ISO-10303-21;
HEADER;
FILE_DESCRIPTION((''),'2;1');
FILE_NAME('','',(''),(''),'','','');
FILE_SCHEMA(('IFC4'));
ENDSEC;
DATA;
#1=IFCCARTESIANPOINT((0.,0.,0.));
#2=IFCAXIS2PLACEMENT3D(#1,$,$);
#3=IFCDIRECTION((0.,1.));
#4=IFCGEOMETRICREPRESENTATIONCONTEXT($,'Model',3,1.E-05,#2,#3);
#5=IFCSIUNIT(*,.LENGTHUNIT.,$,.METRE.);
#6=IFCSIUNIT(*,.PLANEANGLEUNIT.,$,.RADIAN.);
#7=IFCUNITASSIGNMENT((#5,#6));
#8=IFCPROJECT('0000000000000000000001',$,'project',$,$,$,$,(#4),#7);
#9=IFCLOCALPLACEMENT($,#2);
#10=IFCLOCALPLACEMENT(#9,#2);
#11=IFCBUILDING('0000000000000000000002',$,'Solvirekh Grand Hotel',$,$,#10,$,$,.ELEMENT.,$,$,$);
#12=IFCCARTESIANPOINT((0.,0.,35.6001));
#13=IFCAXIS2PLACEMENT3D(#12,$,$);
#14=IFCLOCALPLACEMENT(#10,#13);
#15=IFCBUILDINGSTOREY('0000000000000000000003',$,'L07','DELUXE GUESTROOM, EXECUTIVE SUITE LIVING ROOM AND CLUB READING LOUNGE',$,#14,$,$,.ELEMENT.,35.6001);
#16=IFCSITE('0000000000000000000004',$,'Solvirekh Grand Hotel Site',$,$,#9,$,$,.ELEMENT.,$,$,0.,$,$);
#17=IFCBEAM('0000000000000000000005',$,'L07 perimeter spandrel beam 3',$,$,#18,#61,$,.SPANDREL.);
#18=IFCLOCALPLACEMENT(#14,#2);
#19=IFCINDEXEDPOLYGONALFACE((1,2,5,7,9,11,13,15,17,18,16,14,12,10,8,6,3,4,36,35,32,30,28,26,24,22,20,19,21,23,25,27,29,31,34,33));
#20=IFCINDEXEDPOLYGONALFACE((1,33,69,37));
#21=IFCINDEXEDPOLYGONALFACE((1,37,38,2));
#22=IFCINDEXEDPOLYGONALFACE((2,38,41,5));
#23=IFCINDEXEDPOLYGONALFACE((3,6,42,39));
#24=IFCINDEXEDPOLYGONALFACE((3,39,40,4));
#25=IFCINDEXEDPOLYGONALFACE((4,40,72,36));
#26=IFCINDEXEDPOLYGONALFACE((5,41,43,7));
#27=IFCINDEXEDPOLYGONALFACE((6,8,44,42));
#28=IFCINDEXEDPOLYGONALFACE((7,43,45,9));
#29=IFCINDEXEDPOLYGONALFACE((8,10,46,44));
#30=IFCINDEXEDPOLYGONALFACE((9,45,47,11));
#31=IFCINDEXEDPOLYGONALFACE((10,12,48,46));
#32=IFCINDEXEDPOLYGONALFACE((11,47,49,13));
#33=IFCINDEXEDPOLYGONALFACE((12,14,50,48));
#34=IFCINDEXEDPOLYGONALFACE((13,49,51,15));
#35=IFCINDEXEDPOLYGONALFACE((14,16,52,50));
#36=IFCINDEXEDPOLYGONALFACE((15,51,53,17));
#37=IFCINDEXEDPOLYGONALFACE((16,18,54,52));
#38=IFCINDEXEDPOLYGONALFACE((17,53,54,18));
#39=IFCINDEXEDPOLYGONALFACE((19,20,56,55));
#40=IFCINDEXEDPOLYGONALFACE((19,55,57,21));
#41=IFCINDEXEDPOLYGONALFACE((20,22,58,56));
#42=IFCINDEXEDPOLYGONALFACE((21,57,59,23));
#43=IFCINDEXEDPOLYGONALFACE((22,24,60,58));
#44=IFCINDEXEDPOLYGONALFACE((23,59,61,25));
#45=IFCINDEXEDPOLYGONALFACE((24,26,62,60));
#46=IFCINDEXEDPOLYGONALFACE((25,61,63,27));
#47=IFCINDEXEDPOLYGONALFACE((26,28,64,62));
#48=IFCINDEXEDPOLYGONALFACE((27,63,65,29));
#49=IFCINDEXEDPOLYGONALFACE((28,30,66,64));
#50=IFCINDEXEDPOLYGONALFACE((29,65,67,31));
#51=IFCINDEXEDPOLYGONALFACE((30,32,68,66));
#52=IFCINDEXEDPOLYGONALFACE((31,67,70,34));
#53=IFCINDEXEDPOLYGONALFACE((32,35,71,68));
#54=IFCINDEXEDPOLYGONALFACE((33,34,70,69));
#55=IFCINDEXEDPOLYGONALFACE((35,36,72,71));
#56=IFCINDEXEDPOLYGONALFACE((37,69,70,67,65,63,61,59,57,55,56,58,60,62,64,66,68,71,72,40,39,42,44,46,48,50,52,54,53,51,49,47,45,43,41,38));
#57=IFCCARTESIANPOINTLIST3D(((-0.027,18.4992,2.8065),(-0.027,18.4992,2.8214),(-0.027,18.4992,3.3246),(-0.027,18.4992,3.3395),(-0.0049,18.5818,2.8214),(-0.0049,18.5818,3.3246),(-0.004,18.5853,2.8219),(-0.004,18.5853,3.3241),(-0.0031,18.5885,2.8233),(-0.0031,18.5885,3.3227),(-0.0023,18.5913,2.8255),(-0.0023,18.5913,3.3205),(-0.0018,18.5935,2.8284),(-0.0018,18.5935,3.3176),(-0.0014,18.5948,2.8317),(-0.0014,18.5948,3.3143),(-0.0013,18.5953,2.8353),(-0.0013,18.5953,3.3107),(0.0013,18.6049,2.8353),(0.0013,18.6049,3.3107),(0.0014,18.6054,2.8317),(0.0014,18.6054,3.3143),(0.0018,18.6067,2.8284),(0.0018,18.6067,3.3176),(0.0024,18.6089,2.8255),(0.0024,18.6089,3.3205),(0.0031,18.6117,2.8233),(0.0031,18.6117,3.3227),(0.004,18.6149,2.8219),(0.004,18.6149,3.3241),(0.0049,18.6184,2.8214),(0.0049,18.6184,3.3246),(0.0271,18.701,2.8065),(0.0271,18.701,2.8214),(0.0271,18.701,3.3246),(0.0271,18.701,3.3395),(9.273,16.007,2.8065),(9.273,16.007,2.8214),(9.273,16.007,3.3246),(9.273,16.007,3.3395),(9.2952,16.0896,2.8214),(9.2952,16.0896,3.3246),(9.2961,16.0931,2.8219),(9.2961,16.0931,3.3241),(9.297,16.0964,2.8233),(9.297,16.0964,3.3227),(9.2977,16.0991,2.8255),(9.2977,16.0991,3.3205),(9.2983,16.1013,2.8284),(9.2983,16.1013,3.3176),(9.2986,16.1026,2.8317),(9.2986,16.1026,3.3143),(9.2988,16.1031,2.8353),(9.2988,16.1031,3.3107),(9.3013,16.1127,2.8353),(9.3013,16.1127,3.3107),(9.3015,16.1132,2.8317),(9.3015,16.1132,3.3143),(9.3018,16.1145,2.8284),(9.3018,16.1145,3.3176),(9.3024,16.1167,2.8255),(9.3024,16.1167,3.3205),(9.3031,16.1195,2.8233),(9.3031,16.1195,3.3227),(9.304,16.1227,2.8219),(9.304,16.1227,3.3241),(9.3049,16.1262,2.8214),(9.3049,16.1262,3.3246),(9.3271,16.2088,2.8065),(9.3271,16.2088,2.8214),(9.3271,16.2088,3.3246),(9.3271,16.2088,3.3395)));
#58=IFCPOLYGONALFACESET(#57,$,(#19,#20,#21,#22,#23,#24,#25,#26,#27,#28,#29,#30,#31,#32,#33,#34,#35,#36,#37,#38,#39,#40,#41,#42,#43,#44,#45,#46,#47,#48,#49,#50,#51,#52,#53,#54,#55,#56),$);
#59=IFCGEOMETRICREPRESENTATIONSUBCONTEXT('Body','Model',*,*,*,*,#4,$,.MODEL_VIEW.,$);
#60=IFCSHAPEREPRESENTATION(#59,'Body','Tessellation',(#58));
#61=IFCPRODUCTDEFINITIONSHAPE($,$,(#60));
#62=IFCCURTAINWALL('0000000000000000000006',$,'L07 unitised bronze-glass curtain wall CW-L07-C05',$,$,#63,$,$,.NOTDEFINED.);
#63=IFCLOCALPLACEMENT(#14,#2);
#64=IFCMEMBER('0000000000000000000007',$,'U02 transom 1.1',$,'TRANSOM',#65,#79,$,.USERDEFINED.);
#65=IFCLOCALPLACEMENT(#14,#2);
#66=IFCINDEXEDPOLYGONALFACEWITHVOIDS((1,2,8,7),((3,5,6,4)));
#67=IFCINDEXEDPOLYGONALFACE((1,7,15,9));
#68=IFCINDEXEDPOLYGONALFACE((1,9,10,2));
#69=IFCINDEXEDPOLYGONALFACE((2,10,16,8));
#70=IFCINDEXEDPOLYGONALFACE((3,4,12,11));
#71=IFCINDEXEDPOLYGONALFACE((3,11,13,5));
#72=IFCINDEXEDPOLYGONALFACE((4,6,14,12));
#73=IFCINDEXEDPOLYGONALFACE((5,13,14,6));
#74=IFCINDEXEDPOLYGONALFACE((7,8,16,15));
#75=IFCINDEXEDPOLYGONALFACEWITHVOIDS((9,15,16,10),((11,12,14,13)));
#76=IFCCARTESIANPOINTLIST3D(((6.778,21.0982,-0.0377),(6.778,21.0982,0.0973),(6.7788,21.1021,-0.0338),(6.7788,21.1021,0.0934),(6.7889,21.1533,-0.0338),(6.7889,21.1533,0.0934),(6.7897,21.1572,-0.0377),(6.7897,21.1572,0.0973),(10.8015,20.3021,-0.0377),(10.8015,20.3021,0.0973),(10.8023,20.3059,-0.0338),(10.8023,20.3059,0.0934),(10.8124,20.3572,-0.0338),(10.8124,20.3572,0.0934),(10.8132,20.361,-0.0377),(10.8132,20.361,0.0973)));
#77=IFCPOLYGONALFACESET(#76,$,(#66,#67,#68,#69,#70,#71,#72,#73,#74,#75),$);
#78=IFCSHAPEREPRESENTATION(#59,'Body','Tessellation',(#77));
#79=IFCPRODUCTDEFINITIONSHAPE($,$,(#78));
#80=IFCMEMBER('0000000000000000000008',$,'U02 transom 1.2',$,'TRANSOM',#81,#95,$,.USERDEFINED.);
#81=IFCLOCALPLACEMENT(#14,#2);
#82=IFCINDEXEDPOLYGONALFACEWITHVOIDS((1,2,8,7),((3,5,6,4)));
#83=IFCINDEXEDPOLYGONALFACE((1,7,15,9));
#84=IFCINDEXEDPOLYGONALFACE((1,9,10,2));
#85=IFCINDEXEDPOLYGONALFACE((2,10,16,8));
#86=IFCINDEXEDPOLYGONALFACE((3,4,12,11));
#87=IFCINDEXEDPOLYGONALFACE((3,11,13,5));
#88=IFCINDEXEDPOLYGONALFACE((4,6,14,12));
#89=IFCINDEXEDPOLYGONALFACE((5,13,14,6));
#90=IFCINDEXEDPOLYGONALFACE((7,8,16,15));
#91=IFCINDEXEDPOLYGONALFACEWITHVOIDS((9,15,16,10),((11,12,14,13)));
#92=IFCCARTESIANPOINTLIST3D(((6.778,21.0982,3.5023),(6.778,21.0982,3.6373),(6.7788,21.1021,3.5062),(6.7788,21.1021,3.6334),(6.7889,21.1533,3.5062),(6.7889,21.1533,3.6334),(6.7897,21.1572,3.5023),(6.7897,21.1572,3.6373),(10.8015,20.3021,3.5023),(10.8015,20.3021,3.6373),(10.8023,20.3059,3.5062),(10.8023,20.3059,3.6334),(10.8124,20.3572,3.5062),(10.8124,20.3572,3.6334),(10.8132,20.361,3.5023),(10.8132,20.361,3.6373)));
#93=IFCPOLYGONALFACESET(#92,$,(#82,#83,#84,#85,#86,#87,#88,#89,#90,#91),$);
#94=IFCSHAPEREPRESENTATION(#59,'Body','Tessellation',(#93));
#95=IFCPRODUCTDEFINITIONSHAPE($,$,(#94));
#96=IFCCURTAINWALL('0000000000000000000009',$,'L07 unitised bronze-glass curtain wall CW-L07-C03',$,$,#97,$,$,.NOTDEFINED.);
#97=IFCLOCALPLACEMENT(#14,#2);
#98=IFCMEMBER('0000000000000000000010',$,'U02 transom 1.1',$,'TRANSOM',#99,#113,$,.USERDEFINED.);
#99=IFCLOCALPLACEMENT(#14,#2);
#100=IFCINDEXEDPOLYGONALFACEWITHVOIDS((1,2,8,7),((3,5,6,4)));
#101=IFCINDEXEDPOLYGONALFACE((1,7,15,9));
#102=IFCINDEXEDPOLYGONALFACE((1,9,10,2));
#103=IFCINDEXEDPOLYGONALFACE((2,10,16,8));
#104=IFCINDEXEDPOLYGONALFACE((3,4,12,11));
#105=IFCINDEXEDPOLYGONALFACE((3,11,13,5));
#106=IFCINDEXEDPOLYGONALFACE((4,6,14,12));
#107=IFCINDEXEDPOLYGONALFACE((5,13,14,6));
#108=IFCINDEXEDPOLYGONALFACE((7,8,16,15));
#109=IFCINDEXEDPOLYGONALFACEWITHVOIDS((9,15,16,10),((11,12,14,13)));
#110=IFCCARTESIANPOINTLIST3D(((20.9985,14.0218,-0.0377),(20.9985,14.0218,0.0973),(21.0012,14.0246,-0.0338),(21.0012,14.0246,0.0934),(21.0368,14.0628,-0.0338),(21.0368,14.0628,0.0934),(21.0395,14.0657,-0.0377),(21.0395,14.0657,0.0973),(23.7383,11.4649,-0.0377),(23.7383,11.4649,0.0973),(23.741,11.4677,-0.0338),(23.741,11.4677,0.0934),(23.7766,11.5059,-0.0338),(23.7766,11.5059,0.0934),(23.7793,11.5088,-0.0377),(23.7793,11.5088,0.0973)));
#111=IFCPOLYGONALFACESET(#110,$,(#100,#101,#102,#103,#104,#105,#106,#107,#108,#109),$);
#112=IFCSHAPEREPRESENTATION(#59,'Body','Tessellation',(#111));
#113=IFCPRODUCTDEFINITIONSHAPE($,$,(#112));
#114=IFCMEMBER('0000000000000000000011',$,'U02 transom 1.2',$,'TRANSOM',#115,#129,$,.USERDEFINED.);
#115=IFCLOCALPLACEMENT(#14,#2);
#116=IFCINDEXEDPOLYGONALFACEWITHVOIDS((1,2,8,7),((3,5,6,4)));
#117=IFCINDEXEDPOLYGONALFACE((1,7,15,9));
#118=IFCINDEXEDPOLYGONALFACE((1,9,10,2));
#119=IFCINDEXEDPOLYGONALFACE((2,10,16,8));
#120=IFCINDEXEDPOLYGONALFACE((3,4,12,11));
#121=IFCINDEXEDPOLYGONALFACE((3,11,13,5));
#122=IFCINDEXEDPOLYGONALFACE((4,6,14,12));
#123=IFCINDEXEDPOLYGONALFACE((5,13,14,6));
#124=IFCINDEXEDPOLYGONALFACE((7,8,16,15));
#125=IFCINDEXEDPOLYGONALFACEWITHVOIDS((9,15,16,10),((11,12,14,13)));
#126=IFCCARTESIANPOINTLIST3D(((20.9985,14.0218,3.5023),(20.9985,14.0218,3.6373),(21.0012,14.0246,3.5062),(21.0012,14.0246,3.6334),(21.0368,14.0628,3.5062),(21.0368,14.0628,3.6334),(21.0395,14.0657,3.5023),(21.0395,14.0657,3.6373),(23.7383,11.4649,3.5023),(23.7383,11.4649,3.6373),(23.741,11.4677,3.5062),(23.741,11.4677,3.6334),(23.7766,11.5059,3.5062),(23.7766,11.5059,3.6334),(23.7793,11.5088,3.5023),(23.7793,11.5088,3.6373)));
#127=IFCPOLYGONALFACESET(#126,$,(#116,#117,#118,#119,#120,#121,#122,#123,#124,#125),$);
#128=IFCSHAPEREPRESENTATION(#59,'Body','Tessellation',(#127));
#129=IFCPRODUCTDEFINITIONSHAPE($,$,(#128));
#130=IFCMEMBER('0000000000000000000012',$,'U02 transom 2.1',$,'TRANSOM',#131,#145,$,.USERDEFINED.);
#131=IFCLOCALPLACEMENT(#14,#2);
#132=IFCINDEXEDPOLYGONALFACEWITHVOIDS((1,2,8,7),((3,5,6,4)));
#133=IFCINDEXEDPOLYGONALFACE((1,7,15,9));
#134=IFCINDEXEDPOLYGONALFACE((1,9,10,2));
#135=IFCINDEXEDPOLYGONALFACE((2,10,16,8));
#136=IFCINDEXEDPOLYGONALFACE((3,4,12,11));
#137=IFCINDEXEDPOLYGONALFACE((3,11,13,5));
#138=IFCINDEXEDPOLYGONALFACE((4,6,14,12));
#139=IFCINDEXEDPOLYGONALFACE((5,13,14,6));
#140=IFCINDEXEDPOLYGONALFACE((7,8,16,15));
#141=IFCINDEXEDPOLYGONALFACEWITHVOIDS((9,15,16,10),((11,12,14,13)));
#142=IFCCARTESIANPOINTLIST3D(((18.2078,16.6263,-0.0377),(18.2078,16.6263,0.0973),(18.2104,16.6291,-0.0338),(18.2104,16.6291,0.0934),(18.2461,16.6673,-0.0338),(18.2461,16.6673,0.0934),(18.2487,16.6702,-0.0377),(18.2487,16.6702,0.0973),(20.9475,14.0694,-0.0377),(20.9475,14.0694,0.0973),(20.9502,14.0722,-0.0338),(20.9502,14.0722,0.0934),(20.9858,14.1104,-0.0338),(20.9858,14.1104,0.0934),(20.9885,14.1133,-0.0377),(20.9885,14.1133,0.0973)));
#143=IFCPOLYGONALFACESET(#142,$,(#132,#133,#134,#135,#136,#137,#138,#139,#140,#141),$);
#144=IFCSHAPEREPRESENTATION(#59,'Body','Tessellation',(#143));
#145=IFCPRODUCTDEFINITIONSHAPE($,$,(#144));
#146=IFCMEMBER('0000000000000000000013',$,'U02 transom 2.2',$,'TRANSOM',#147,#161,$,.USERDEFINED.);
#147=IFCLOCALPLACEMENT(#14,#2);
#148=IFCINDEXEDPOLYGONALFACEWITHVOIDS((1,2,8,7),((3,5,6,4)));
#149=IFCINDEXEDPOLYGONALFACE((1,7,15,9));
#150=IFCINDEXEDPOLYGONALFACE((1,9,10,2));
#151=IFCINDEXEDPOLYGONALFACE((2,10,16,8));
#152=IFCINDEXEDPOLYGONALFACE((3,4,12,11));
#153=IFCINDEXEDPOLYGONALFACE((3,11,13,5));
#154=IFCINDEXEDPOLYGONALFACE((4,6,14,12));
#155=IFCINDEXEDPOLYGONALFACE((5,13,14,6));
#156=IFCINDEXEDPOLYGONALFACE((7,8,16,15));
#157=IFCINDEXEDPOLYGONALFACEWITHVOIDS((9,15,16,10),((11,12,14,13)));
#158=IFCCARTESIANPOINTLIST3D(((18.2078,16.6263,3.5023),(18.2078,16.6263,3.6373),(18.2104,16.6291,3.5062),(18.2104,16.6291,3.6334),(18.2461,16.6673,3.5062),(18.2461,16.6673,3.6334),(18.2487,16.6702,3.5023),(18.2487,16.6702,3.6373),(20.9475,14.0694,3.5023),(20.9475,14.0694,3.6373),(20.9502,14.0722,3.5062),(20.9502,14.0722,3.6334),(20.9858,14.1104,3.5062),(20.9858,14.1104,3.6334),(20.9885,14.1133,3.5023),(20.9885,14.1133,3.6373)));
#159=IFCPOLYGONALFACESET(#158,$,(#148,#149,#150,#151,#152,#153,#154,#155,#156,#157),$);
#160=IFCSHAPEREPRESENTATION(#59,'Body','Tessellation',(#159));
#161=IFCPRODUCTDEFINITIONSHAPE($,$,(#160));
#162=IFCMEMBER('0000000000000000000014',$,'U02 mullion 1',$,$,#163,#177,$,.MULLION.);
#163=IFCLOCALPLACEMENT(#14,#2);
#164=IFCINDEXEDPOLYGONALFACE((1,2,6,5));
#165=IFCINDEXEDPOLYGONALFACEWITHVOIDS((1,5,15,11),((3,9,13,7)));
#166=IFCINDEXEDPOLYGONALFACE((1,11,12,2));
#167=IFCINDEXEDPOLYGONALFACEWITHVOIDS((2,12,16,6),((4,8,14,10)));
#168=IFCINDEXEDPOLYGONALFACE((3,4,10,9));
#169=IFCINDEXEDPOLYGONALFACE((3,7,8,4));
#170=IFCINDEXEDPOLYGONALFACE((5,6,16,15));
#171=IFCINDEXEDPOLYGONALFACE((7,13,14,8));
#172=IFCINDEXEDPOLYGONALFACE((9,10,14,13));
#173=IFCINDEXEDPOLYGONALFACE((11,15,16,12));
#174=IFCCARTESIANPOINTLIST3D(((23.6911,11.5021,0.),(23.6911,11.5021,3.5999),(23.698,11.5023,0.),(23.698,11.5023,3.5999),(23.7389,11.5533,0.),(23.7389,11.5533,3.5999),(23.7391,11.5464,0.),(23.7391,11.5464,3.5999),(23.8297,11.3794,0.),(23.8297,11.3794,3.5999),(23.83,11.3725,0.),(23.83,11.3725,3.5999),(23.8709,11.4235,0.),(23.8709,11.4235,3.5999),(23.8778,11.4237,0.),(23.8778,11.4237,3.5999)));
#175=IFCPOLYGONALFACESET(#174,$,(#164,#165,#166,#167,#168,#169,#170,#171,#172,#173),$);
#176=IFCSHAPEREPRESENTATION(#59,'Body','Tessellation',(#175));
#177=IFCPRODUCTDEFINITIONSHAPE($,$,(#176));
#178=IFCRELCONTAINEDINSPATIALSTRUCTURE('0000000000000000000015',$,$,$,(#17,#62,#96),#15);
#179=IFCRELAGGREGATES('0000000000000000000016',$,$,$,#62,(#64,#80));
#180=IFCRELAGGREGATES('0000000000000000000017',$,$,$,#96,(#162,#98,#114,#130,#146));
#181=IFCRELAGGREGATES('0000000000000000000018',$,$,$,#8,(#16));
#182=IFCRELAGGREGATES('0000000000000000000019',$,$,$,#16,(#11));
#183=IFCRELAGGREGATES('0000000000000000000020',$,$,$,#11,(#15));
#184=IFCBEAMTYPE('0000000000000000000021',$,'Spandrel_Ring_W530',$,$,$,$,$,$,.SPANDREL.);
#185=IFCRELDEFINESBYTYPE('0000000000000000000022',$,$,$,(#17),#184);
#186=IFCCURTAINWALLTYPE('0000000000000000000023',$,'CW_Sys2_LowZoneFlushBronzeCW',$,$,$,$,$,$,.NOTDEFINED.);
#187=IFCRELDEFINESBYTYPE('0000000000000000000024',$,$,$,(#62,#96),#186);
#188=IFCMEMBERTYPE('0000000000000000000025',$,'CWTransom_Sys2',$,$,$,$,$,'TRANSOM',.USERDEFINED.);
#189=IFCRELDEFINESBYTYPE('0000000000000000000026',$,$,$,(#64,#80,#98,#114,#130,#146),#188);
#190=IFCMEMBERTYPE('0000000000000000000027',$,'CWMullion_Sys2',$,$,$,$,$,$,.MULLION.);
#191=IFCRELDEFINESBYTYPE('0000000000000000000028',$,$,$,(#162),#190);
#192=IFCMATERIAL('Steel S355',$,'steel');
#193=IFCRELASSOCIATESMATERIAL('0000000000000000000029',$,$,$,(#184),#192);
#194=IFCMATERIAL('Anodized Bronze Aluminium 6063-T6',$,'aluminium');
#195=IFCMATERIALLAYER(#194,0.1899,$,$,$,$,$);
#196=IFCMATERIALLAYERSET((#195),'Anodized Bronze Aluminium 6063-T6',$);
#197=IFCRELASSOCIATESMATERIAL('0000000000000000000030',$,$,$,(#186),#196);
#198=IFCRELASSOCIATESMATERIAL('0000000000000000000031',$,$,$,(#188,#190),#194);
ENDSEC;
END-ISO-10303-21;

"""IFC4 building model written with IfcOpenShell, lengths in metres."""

from ifc_helpers import new_model, si_unit, direction, frame, origin, origin_2d, place, context, subcontext, project, spatial, hollow_rectangle, i_section, extrude, source, transform, mapped, material, layer, layer_set, material_profile, profile_set, type_object, element, aggregate, save


model = new_model("IFC4")

# Units and contexts
model_context = context("Model", 3, precision=1e-05, world=origin(), true_north=direction((0.0, 1.0)))
body_context = subcontext(model_context, "Body", "Model", "MODEL_VIEW")
ifc_project = project(units=[si_unit("LENGTHUNIT", "METRE"), si_unit("PLANEANGLEUNIT", "RADIAN")], contexts=[model_context])

# Site, building, storey
site_placement = place(None, origin())
site = spatial("IfcSite", under=ifc_project, at=site_placement, Name="Solvirekh Grand Hotel Site", CompositionType="ELEMENT", RefElevation=0.0)
building_placement = place(site_placement, origin())
building = spatial("IfcBuilding", under=site, at=building_placement, Name="Solvirekh Grand Hotel", CompositionType="ELEMENT")
storey_placement = place(building_placement, frame((0.0, 0.0, 35.6001)))
storey = spatial("IfcBuildingStorey", under=building, at=storey_placement, Name="L07", Description="DELUXE GUESTROOM, EXECUTIVE SUITE LIVING ROOM AND CLUB READING LOUNGE", CompositionType="ELEMENT", Elevation=35.6001)

# Beam
ifc_material_1 = material(Name="Steel S355", Category="steel")
ifc_material_profile_1 = material_profile(ifc_material_1, i_section(OverallWidth=0.209, OverallDepth=0.533, WebThickness=0.01, FlangeThickness=0.0149, FilletRadius=0.0139, at=origin_2d()), Name="W530X92")
ifc_profile_set_1 = profile_set([ifc_material_profile_1], Name="Steel S355")
beam_type = type_object("IfcBeamType", Name="Spandrel_Ring_W530", PredefinedType="SPANDREL", material=ifc_profile_set_1)
beam_placement = place(storey_placement, frame((9.3, 16.1079, 3.073), z_axis=(-0.965919, 0.258843, 0.0), x_axis=(-0.258843, -0.965919, 0.0)))
element("IfcBeam", 1, at=beam_placement, inside=storey, type_object=beam_type, Name="L07 perimeter spandrel beam 3", PredefinedType="SPANDREL", context=body_context, shape_type="SweptSolid", body=[
    extrude(i_section(OverallWidth=0.209, OverallDepth=0.533, WebThickness=0.01, FlangeThickness=0.0149, FilletRadius=0.0139, at=origin_2d()), origin(), (0.0, 0.0, 1.0), 9.6282),
])

# Curtain walls, members
ifc_material_2 = material(Name="Anodized Bronze Aluminium 6063-T6", Category="aluminium")
ifc_layer_1 = layer(ifc_material_2, 0.1899)
ifc_layer_set_1 = layer_set([ifc_layer_1], Name="Anodized Bronze Aluminium 6063-T6")
curtain_wall_type = type_object("IfcCurtainWallType", Name="CW_Sys2_LowZoneFlushBronzeCW", PredefinedType="NOTDEFINED", material=ifc_layer_set_1)
curtain_wall_1_placement = place(storey_placement, origin())
curtain_wall_1 = element("IfcCurtainWall", 2, at=curtain_wall_1_placement, inside=storey, type_object=curtain_wall_type, Name="L07 unitised bronze-glass curtain wall CW-L07-C05", PredefinedType="NOTDEFINED")
ifc_material_profile_2 = material_profile(ifc_material_2, hollow_rectangle(XDim=0.0601, YDim=0.135, WallThickness=0.0039, at=origin_2d()), Name="ALU RHS 135X60X4")
ifc_profile_set_2 = profile_set([ifc_material_profile_2], Name="Anodized Bronze Aluminium 6063-T6")
member_type_1 = type_object("IfcMemberType", Name="CWTransom_Sys2", ElementType="TRANSOM", PredefinedType="USERDEFINED", material=ifc_profile_set_2)
shared_shape_1 = source(origin(), body_context, "Body", "SweptSolid", [
    extrude(hollow_rectangle(XDim=0.0601, YDim=0.135, WallThickness=0.0039, at=origin_2d()), origin(), (0.0, 0.0, 1.0), 4.1016),
])
member_1_placement = place(storey_placement, frame((10.8074, 20.3315, 0.0298), z_axis=(-0.980979, 0.194112, 0.0), x_axis=(-0.194112, -0.980979, 0.0)))
member_1 = element("IfcMember", 3, at=member_1_placement, type_object=member_type_1, Name="U02 transom 1.1", ObjectType="TRANSOM", PredefinedType="USERDEFINED", context=body_context, shape_type="MappedRepresentation", body=[
    mapped(shared_shape_1, transform((0.0, 0.0, 0.0), x_axis=(1.0, 0.0, 0.0), y_axis=(0.0, 1.0, 0.0), z_axis=(0.0, 0.0, 1.0), scale=1.0)),
])
member_2_placement = place(storey_placement, frame((10.8074, 20.3315, 3.5698), z_axis=(-0.980979, 0.194112, 0.0), x_axis=(-0.194112, -0.980979, 0.0)))
member_2 = element("IfcMember", 4, at=member_2_placement, type_object=member_type_1, Name="U02 transom 1.2", ObjectType="TRANSOM", PredefinedType="USERDEFINED", context=body_context, shape_type="MappedRepresentation", body=[
    mapped(shared_shape_1, transform((0.0, 0.0, 0.0), x_axis=(1.0, 0.0, 0.0), y_axis=(0.0, 1.0, 0.0), z_axis=(0.0, 0.0, 1.0), scale=1.0)),
])
curtain_wall_2_placement = place(storey_placement, origin())
curtain_wall_2 = element("IfcCurtainWall", 5, at=curtain_wall_2_placement, inside=storey, type_object=curtain_wall_type, Name="L07 unitised bronze-glass curtain wall CW-L07-C03", PredefinedType="NOTDEFINED")
shared_shape_2 = source(origin(), body_context, "Body", "SweptSolid", [
    extrude(hollow_rectangle(XDim=0.0601, YDim=0.135, WallThickness=0.0039, at=origin_2d()), origin(), (0.0, 0.0, 1.0), 3.7476),
])
member_3_placement = place(storey_placement, frame((23.7588, 11.4868, 0.0298), z_axis=(-0.731083, 0.682288, 0.0), x_axis=(-0.682288, -0.731083, 0.0)))
member_3 = element("IfcMember", 6, at=member_3_placement, type_object=member_type_1, Name="U02 transom 1.1", ObjectType="TRANSOM", PredefinedType="USERDEFINED", context=body_context, shape_type="MappedRepresentation", body=[
    mapped(shared_shape_2, transform((0.0, 0.0, 0.0), x_axis=(1.0, 0.0, 0.0), y_axis=(0.0, 1.0, 0.0), z_axis=(0.0, 0.0, 1.0), scale=1.0)),
])
member_4_placement = place(storey_placement, frame((23.7588, 11.4868, 3.5698), z_axis=(-0.731083, 0.682288, 0.0), x_axis=(-0.682288, -0.731083, 0.0)))
member_4 = element("IfcMember", 7, at=member_4_placement, type_object=member_type_1, Name="U02 transom 1.2", ObjectType="TRANSOM", PredefinedType="USERDEFINED", context=body_context, shape_type="MappedRepresentation", body=[
    mapped(shared_shape_2, transform((0.0, 0.0, 0.0), x_axis=(1.0, 0.0, 0.0), y_axis=(0.0, 1.0, 0.0), z_axis=(0.0, 0.0, 1.0), scale=1.0)),
])
member_5_placement = place(storey_placement, frame((20.968, 14.0913, 0.0298), z_axis=(-0.731083, 0.682288, 0.0), x_axis=(-0.682288, -0.731083, 0.0)))
member_5 = element("IfcMember", 8, at=member_5_placement, type_object=member_type_1, Name="U02 transom 2.1", ObjectType="TRANSOM", PredefinedType="USERDEFINED", context=body_context, shape_type="MappedRepresentation", body=[
    mapped(shared_shape_2, transform((0.0, 0.0, 0.0), x_axis=(1.0, 0.0, 0.0), y_axis=(0.0, 1.0, 0.0), z_axis=(0.0, 0.0, 1.0), scale=1.0)),
])
member_6_placement = place(storey_placement, frame((20.968, 14.0913, 3.5698), z_axis=(-0.731083, 0.682288, 0.0), x_axis=(-0.682288, -0.731083, 0.0)))
member_6 = element("IfcMember", 9, at=member_6_placement, type_object=member_type_1, Name="U02 transom 2.2", ObjectType="TRANSOM", PredefinedType="USERDEFINED", context=body_context, shape_type="MappedRepresentation", body=[
    mapped(shared_shape_2, transform((0.0, 0.0, 0.0), x_axis=(1.0, 0.0, 0.0), y_axis=(0.0, 1.0, 0.0), z_axis=(0.0, 0.0, 1.0), scale=1.0)),
])
ifc_material_profile_3 = material_profile(ifc_material_2, hollow_rectangle(XDim=0.0701, YDim=0.1899, WallThickness=0.0049, at=origin_2d()), Name="ALU RHS 190X70X5")
ifc_profile_set_3 = profile_set([ifc_material_profile_3], Name="Anodized Bronze Aluminium 6063-T6")
member_type_2 = type_object("IfcMemberType", Name="CWMullion_Sys2", PredefinedType="MULLION", material=ifc_profile_set_3)
shared_shape_3 = source(origin(), body_context, "Body", "SweptSolid", [
    extrude(hollow_rectangle(XDim=0.0701, YDim=0.1899, WallThickness=0.0049, at=origin_2d()), origin(), (0.0, 0.0, 1.0), 3.5999),
])
member_7_placement = place(storey_placement, frame((23.7844, 11.4629, 0.0), z_axis=(0.0, 0.0, 1.0), x_axis=(-0.682286, -0.731085, 0.0)))
member_7 = element("IfcMember", 10, at=member_7_placement, type_object=member_type_2, Name="U02 mullion 1", PredefinedType="MULLION", context=body_context, shape_type="MappedRepresentation", body=[
    mapped(shared_shape_3, transform((0.0, 0.0, 0.0), x_axis=(1.0, 0.0, 0.0), y_axis=(0.0, 1.0, 0.0), z_axis=(0.0, 0.0, 1.0), scale=1.0)),
])

aggregate(curtain_wall_1, [member_1, member_2])

aggregate(curtain_wall_2, [member_7, member_3, member_4, member_5, member_6])

save(model, "model.ifc")
